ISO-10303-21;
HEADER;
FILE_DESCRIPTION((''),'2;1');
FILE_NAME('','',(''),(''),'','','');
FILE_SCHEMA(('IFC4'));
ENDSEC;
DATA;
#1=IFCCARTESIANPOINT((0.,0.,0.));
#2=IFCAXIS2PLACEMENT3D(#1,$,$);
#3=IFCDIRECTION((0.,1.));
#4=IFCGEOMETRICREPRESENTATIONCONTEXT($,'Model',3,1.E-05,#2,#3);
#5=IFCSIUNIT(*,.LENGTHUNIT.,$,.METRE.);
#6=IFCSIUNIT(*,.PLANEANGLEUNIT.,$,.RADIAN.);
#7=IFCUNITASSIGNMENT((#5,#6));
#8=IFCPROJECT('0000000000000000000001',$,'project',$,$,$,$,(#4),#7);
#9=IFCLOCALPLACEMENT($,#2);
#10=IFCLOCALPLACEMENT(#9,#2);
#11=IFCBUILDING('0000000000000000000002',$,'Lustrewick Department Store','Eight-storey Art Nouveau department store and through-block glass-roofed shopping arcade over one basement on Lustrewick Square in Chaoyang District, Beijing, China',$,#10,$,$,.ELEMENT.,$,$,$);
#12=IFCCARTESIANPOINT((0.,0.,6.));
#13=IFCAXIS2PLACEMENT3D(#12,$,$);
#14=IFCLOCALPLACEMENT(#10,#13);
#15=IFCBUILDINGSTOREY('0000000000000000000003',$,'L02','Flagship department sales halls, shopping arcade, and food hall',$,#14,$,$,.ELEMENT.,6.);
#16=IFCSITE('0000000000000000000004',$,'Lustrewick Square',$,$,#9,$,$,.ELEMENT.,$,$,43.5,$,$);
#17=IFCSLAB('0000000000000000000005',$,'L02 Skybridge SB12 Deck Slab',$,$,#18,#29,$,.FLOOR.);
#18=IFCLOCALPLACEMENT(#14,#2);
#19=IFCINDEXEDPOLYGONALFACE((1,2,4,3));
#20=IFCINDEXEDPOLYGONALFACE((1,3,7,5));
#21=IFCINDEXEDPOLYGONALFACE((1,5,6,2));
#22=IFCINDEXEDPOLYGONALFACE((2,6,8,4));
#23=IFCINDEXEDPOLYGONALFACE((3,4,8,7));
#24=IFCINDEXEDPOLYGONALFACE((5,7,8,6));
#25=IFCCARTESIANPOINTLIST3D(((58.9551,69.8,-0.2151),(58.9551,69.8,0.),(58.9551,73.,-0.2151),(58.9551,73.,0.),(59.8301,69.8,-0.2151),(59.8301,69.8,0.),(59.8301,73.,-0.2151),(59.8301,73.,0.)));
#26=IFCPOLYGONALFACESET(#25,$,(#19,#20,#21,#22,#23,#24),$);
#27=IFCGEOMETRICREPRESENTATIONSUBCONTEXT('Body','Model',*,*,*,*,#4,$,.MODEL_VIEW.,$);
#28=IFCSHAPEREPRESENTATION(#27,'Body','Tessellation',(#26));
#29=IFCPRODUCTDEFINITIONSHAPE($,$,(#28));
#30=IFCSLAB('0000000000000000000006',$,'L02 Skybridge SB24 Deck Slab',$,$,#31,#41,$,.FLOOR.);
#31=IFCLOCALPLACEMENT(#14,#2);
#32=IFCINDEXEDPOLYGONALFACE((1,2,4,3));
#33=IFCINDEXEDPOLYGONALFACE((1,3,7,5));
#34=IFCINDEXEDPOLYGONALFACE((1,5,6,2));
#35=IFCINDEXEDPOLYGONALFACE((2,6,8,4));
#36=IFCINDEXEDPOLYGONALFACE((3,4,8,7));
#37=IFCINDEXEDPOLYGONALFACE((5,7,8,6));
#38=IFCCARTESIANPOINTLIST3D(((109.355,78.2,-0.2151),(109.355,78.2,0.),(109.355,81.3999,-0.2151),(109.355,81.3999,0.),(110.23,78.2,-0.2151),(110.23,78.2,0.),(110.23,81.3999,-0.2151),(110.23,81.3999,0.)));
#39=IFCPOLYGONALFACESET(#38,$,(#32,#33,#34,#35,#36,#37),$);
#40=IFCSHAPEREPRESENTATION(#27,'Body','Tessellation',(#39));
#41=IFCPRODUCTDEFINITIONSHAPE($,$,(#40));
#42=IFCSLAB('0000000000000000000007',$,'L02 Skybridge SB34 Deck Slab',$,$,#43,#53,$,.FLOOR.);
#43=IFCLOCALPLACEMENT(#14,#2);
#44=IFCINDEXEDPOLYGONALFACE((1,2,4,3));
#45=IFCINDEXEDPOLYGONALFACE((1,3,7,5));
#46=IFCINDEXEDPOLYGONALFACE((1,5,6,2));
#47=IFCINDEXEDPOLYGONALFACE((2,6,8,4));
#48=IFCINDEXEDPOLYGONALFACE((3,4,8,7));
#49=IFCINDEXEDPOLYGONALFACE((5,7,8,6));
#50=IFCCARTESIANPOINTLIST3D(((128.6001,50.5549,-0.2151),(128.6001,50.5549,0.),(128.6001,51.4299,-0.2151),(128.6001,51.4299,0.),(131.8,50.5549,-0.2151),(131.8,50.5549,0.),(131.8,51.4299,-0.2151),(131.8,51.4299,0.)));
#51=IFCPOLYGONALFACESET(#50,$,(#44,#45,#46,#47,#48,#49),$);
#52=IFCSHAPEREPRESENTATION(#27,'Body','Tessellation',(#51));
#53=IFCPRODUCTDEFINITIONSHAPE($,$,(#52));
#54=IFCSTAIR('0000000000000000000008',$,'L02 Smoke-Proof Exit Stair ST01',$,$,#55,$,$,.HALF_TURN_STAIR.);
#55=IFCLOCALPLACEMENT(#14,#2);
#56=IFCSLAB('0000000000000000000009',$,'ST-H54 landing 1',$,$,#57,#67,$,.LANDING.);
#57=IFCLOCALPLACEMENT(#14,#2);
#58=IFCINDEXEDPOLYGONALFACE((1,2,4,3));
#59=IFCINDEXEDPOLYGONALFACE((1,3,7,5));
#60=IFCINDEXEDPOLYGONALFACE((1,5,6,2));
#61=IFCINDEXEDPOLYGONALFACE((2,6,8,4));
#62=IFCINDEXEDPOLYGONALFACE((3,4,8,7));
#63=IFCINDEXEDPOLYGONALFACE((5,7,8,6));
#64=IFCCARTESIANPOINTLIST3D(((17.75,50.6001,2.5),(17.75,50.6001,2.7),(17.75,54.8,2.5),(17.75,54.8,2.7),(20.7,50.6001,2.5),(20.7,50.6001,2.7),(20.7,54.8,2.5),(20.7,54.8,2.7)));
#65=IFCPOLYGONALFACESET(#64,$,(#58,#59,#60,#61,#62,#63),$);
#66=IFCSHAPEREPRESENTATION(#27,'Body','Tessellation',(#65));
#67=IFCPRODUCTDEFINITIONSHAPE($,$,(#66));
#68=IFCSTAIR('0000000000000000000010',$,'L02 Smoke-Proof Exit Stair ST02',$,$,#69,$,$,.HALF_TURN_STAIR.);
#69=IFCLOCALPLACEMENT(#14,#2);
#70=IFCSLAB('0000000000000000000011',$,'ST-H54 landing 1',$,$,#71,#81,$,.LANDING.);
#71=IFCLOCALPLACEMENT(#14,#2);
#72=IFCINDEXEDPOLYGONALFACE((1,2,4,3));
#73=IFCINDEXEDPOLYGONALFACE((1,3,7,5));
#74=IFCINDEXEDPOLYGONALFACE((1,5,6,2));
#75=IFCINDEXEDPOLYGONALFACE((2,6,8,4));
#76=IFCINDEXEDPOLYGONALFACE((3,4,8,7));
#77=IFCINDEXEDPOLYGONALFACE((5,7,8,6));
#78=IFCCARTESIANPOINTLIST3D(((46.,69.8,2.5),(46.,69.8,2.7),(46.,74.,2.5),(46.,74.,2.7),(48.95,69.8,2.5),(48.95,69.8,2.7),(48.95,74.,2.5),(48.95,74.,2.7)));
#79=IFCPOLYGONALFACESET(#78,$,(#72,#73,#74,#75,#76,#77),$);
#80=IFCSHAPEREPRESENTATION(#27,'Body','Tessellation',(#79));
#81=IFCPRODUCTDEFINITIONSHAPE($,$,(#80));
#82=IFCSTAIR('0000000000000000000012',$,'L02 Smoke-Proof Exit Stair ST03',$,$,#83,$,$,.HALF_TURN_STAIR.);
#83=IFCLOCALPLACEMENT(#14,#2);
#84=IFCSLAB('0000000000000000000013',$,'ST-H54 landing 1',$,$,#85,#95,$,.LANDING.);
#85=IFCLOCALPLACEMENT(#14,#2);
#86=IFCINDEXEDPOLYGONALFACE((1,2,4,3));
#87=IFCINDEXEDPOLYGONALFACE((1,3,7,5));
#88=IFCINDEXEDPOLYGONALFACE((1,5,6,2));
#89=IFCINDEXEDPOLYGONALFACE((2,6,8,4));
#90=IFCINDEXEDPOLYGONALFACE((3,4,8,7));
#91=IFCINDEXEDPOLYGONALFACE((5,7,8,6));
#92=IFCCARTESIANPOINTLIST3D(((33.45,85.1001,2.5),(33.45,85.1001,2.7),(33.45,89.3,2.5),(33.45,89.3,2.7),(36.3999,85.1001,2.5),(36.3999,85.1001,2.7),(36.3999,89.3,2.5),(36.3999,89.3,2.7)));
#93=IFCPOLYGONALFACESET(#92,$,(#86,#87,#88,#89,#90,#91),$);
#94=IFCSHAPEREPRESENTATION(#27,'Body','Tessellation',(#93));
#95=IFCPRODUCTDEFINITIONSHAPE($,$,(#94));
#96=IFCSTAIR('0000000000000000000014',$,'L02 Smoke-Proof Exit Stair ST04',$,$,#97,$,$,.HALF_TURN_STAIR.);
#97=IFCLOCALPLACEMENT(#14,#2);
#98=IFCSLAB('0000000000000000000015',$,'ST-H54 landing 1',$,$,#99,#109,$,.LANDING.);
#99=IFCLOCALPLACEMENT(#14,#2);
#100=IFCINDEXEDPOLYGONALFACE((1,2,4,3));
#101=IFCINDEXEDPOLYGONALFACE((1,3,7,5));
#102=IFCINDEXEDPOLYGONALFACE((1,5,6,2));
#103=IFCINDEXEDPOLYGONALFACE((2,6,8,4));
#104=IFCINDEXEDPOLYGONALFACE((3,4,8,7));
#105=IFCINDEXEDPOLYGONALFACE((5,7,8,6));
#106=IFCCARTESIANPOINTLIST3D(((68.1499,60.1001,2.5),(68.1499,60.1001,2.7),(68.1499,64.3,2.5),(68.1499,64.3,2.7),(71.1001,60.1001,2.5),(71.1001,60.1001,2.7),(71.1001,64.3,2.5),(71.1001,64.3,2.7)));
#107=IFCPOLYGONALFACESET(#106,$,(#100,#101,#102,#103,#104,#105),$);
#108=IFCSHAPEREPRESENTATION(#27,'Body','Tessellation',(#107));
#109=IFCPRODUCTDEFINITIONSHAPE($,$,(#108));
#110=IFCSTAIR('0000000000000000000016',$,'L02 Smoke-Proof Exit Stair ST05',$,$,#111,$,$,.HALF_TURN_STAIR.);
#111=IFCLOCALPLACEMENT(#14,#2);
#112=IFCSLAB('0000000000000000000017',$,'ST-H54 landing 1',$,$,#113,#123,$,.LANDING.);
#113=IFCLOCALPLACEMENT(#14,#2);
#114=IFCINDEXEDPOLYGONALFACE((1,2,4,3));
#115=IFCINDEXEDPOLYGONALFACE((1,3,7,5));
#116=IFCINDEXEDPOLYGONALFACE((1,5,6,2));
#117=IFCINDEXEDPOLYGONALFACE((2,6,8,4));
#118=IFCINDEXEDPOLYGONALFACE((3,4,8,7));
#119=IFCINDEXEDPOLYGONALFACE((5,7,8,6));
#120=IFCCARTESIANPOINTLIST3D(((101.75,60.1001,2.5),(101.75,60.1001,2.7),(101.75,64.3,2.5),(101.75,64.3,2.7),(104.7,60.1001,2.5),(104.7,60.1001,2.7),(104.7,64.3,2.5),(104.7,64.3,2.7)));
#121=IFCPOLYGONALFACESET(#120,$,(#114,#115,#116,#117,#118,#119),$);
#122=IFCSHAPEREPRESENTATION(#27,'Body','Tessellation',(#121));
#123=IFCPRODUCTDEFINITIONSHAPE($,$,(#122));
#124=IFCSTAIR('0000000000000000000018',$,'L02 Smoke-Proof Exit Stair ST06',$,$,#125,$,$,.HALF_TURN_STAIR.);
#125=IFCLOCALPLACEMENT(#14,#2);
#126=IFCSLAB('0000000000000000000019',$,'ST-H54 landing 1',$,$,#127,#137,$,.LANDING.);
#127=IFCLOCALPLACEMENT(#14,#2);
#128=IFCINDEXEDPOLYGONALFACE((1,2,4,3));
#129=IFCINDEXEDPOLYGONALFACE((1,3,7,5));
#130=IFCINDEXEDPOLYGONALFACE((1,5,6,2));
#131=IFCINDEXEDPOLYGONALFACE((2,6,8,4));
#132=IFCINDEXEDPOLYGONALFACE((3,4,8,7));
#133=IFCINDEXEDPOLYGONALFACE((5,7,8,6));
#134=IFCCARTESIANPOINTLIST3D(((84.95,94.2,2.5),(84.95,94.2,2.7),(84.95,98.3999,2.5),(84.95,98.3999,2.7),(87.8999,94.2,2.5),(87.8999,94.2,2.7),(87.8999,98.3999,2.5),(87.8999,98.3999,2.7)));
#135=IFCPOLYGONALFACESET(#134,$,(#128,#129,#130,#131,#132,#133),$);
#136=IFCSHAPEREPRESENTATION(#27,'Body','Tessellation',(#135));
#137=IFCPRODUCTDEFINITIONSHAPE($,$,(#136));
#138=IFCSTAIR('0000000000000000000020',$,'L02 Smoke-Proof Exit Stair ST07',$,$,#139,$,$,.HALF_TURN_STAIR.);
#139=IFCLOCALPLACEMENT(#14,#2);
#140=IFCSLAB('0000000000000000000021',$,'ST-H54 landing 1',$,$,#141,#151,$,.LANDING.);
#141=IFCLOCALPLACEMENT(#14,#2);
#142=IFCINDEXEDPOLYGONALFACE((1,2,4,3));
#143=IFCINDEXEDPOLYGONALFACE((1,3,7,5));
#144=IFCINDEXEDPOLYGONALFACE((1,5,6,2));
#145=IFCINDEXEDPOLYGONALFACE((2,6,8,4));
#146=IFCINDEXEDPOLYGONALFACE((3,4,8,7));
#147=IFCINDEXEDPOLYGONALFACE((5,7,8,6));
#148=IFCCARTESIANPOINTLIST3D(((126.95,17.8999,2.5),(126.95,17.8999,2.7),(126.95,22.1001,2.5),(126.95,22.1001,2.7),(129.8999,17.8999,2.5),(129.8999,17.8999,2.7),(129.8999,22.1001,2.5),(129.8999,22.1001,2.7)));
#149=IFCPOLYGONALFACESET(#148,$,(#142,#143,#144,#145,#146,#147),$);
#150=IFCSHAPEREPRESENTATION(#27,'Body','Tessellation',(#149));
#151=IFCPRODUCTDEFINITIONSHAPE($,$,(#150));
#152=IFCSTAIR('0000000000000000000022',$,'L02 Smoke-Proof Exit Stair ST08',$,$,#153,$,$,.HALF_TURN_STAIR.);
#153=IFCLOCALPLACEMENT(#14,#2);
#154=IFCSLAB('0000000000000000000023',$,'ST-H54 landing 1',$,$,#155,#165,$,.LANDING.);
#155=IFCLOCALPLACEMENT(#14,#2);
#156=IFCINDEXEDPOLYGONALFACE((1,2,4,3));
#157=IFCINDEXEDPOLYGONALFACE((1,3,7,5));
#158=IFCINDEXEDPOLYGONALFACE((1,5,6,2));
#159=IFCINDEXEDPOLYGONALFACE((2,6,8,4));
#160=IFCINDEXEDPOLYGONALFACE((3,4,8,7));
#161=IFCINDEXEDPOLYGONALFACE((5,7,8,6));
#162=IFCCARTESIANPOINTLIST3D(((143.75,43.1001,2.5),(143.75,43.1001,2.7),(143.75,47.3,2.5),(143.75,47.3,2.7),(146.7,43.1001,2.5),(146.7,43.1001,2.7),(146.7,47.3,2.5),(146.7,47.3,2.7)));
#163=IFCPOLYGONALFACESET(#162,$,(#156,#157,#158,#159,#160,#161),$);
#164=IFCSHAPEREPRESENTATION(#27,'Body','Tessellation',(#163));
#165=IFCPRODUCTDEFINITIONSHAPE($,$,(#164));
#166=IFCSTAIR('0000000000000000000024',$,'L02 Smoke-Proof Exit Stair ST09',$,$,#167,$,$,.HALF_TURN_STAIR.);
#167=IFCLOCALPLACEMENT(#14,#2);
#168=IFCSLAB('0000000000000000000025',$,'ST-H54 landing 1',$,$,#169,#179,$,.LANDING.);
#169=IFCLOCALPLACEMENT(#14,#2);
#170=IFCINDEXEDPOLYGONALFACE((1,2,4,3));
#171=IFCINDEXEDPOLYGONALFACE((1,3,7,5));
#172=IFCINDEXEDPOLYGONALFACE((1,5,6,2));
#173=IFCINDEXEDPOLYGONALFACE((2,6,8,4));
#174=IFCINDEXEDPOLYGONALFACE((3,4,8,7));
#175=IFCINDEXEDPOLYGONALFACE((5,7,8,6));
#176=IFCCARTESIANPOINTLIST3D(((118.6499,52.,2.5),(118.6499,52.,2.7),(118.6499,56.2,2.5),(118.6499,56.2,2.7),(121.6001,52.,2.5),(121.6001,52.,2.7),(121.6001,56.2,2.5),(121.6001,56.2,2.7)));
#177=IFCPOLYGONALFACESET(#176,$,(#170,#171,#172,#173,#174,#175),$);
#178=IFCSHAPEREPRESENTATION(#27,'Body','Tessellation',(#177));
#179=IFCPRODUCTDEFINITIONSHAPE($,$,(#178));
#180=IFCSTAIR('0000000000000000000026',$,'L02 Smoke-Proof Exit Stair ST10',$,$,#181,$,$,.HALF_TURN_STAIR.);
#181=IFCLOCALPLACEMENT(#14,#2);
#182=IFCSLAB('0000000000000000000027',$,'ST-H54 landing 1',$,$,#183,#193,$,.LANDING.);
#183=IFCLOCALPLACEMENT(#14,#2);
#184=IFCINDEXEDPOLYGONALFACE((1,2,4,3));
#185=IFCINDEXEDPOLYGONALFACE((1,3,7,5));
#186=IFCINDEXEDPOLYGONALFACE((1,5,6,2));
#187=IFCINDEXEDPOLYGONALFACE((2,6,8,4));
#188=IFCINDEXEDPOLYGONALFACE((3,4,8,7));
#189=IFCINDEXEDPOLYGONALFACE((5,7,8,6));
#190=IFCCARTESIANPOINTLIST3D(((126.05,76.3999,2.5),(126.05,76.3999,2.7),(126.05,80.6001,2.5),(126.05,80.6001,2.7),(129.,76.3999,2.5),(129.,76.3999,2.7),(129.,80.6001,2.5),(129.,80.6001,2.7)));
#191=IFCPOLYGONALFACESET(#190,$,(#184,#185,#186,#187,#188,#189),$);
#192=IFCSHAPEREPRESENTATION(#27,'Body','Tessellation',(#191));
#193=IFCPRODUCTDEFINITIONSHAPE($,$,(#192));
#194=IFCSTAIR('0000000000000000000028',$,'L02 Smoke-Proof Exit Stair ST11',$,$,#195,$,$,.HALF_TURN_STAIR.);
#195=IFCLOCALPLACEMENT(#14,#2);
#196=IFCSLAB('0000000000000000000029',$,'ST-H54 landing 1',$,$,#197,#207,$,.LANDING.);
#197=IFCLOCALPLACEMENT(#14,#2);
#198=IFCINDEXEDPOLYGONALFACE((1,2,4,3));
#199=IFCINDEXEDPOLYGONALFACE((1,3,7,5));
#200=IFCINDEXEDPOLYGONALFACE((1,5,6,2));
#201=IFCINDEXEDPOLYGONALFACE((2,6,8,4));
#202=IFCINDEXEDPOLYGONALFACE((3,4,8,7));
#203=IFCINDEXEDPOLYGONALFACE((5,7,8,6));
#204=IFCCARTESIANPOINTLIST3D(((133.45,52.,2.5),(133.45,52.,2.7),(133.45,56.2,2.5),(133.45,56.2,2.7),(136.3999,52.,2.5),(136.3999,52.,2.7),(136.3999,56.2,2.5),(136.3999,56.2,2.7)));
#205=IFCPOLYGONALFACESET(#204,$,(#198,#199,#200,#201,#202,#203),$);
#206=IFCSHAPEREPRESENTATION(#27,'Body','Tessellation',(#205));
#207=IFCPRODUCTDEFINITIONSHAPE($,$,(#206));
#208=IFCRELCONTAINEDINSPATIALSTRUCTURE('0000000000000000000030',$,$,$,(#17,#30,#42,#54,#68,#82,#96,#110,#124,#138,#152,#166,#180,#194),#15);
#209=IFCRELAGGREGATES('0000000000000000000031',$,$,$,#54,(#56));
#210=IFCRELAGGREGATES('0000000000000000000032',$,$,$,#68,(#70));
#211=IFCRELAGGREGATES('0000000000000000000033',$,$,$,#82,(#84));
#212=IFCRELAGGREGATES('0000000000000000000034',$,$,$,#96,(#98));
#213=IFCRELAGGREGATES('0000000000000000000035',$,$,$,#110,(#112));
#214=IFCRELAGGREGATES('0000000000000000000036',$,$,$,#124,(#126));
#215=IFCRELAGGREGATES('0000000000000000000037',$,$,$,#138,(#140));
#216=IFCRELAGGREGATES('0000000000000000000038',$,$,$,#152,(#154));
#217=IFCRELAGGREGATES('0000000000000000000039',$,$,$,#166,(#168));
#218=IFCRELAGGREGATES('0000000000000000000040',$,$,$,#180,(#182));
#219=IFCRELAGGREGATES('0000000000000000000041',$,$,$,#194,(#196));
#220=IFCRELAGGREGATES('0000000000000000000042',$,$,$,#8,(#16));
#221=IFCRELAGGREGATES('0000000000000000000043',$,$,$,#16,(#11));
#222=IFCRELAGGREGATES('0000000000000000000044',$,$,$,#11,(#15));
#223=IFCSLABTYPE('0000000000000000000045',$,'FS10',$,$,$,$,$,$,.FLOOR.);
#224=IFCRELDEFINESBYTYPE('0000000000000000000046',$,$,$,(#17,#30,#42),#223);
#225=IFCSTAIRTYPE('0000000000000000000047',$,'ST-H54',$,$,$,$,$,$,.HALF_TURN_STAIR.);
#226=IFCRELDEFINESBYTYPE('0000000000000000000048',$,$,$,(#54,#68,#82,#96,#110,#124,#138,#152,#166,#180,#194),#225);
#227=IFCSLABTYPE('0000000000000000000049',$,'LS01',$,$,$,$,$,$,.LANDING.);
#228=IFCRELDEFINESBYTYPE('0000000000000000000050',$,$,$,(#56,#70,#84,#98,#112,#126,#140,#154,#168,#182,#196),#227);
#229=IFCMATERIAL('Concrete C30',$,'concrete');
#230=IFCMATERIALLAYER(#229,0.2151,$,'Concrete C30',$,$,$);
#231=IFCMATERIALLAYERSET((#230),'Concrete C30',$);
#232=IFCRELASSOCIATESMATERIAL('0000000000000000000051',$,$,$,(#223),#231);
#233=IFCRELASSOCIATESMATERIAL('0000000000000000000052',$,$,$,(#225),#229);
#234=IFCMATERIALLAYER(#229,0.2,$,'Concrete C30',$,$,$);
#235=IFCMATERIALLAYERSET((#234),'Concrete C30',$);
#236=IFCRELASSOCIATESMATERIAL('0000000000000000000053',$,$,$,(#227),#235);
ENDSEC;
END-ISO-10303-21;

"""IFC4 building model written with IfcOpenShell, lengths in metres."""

from ifc_helpers import new_model, si_unit, direction, frame, origin, place, context, subcontext, project, spatial, polyline, outline, extrude, material, layer, layer_set, type_object, element, aggregate, save


model = new_model("IFC4")

# Units and contexts
model_context = context("Model", 3, precision=1e-05, world=origin(), true_north=direction((0.0, 1.0)))
body_context = subcontext(model_context, "Body", "Model", "MODEL_VIEW")
ifc_project = project(units=[si_unit("LENGTHUNIT", "METRE"), si_unit("PLANEANGLEUNIT", "RADIAN")], contexts=[model_context])

# Site, building, storey
site_placement = place(None, origin())
site = spatial("IfcSite", under=ifc_project, at=site_placement, Name="Lustrewick Square", CompositionType="ELEMENT", RefElevation=43.5)
building_placement = place(site_placement, origin())
building = spatial("IfcBuilding", under=site, at=building_placement, Name="Lustrewick Department Store", Description="Eight-storey Art Nouveau department store and through-block glass-roofed shopping arcade over one basement on Lustrewick Square in Chaoyang District, Beijing, China", CompositionType="ELEMENT")
storey_placement = place(building_placement, frame((0.0, 0.0, 6.0)))
storey = spatial("IfcBuildingStorey", under=building, at=storey_placement, Name="L02", Description="Flagship department sales halls, shopping arcade, and food hall", CompositionType="ELEMENT", Elevation=6.0)

# Slabs
ifc_material_1 = material(Name="Concrete C30", Category="concrete")
ifc_layer_1 = layer(ifc_material_1, 0.2151, Name="Concrete C30")
ifc_layer_set_1 = layer_set([ifc_layer_1], Name="Concrete C30")
slab_type_1 = type_object("IfcSlabType", Name="FS10", PredefinedType="FLOOR", material=ifc_layer_set_1)
slab_1_placement = place(storey_placement, frame((0.0, 0.0, -0.2151)))
element("IfcSlab", 1, at=slab_1_placement, inside=storey, type_object=slab_type_1, Name="L02 Skybridge SB12 Deck Slab", PredefinedType="FLOOR", context=body_context, shape_type="SweptSolid", body=[
    extrude(outline(polyline([(59.8301, 69.8), (59.8301, 73.0), (58.9551, 73.0), (58.9551, 69.8), (59.8301, 69.8)])), origin(), (0.0, 0.0, 1.0), 0.2151),
])
slab_2_placement = place(storey_placement, frame((0.0, 0.0, -0.2151)))
element("IfcSlab", 2, at=slab_2_placement, inside=storey, type_object=slab_type_1, Name="L02 Skybridge SB24 Deck Slab", PredefinedType="FLOOR", context=body_context, shape_type="SweptSolid", body=[
    extrude(outline(polyline([(110.23, 78.2), (110.23, 81.3999), (109.355, 81.3999), (109.355, 78.2), (110.23, 78.2)])), origin(), (0.0, 0.0, 1.0), 0.2151),
])
slab_3_placement = place(storey_placement, frame((0.0, 0.0, -0.2151)))
element("IfcSlab", 3, at=slab_3_placement, inside=storey, type_object=slab_type_1, Name="L02 Skybridge SB34 Deck Slab", PredefinedType="FLOOR", context=body_context, shape_type="SweptSolid", body=[
    extrude(outline(polyline([(131.8, 50.5549), (131.8, 51.4299), (128.6001, 51.4299), (128.6001, 50.5549), (131.8, 50.5549)])), origin(), (0.0, 0.0, 1.0), 0.2151),
])

# Stairs, slabs
stair_type = type_object("IfcStairType", Name="ST-H54", PredefinedType="HALF_TURN_STAIR", material=ifc_material_1)
stair_1_placement = place(storey_placement, origin())
stair_1 = element("IfcStair", 4, at=stair_1_placement, inside=storey, type_object=stair_type, Name="L02 Smoke-Proof Exit Stair ST01", PredefinedType="HALF_TURN_STAIR")
ifc_layer_2 = layer(ifc_material_1, 0.2, Name="Concrete C30")
ifc_layer_set_2 = layer_set([ifc_layer_2], Name="Concrete C30")
slab_type_2 = type_object("IfcSlabType", Name="LS01", PredefinedType="LANDING", material=ifc_layer_set_2)
slab_4_placement = place(storey_placement, frame((0.0, 0.0, 2.5)))
slab_4 = element("IfcSlab", 5, at=slab_4_placement, type_object=slab_type_2, Name="ST-H54 landing 1", PredefinedType="LANDING", context=body_context, shape_type="SweptSolid", body=[
    extrude(outline(polyline([(17.75, 50.6001), (20.7, 50.6001), (20.7, 54.8), (17.75, 54.8), (17.75, 50.6001)])), origin(), (0.0, 0.0, 1.0), 0.2),
])
aggregate(stair_1, [slab_4])
stair_2_placement = place(storey_placement, origin())
stair_2 = element("IfcStair", 6, at=stair_2_placement, inside=storey, type_object=stair_type, Name="L02 Smoke-Proof Exit Stair ST02", PredefinedType="HALF_TURN_STAIR")
slab_5_placement = place(storey_placement, frame((0.0, 0.0, 2.5)))
slab_5 = element("IfcSlab", 7, at=slab_5_placement, type_object=slab_type_2, Name="ST-H54 landing 1", PredefinedType="LANDING", context=body_context, shape_type="SweptSolid", body=[
    extrude(outline(polyline([(48.95, 74.0), (46.0, 74.0), (46.0, 69.8), (48.95, 69.8), (48.95, 74.0)])), origin(), (0.0, 0.0, 1.0), 0.2),
])
aggregate(stair_2, [slab_5])
stair_3_placement = place(storey_placement, origin())
stair_3 = element("IfcStair", 8, at=stair_3_placement, inside=storey, type_object=stair_type, Name="L02 Smoke-Proof Exit Stair ST03", PredefinedType="HALF_TURN_STAIR")
slab_6_placement = place(storey_placement, frame((0.0, 0.0, 2.5)))
slab_6 = element("IfcSlab", 9, at=slab_6_placement, type_object=slab_type_2, Name="ST-H54 landing 1", PredefinedType="LANDING", context=body_context, shape_type="SweptSolid", body=[
    extrude(outline(polyline([(33.45, 85.1001), (36.3999, 85.1001), (36.3999, 89.3), (33.45, 89.3), (33.45, 85.1001)])), origin(), (0.0, 0.0, 1.0), 0.2),
])
aggregate(stair_3, [slab_6])
stair_4_placement = place(storey_placement, origin())
stair_4 = element("IfcStair", 10, at=stair_4_placement, inside=storey, type_object=stair_type, Name="L02 Smoke-Proof Exit Stair ST04", PredefinedType="HALF_TURN_STAIR")
slab_7_placement = place(storey_placement, frame((0.0, 0.0, 2.5)))
slab_7 = element("IfcSlab", 11, at=slab_7_placement, type_object=slab_type_2, Name="ST-H54 landing 1", PredefinedType="LANDING", context=body_context, shape_type="SweptSolid", body=[
    extrude(outline(polyline([(68.1499, 60.1001), (71.1001, 60.1001), (71.1001, 64.3), (68.1499, 64.3), (68.1499, 60.1001)])), origin(), (0.0, 0.0, 1.0), 0.2),
])
aggregate(stair_4, [slab_7])
stair_5_placement = place(storey_placement, origin())
stair_5 = element("IfcStair", 12, at=stair_5_placement, inside=storey, type_object=stair_type, Name="L02 Smoke-Proof Exit Stair ST05", PredefinedType="HALF_TURN_STAIR")
slab_8_placement = place(storey_placement, frame((0.0, 0.0, 2.5)))
slab_8 = element("IfcSlab", 13, at=slab_8_placement, type_object=slab_type_2, Name="ST-H54 landing 1", PredefinedType="LANDING", context=body_context, shape_type="SweptSolid", body=[
    extrude(outline(polyline([(101.75, 60.1001), (104.7, 60.1001), (104.7, 64.3), (101.75, 64.3), (101.75, 60.1001)])), origin(), (0.0, 0.0, 1.0), 0.2),
])
aggregate(stair_5, [slab_8])
stair_6_placement = place(storey_placement, origin())
stair_6 = element("IfcStair", 14, at=stair_6_placement, inside=storey, type_object=stair_type, Name="L02 Smoke-Proof Exit Stair ST06", PredefinedType="HALF_TURN_STAIR")
slab_9_placement = place(storey_placement, frame((0.0, 0.0, 2.5)))
slab_9 = element("IfcSlab", 15, at=slab_9_placement, type_object=slab_type_2, Name="ST-H54 landing 1", PredefinedType="LANDING", context=body_context, shape_type="SweptSolid", body=[
    extrude(outline(polyline([(84.95, 94.2), (87.8999, 94.2), (87.8999, 98.3999), (84.95, 98.3999), (84.95, 94.2)])), origin(), (0.0, 0.0, 1.0), 0.2),
])
aggregate(stair_6, [slab_9])
stair_7_placement = place(storey_placement, origin())
stair_7 = element("IfcStair", 16, at=stair_7_placement, inside=storey, type_object=stair_type, Name="L02 Smoke-Proof Exit Stair ST07", PredefinedType="HALF_TURN_STAIR")
slab_10_placement = place(storey_placement, frame((0.0, 0.0, 2.5)))
slab_10 = element("IfcSlab", 17, at=slab_10_placement, type_object=slab_type_2, Name="ST-H54 landing 1", PredefinedType="LANDING", context=body_context, shape_type="SweptSolid", body=[
    extrude(outline(polyline([(126.95, 17.8999), (129.8999, 17.8999), (129.8999, 22.1001), (126.95, 22.1001), (126.95, 17.8999)])), origin(), (0.0, 0.0, 1.0), 0.2),
])
aggregate(stair_7, [slab_10])
stair_8_placement = place(storey_placement, origin())
stair_8 = element("IfcStair", 18, at=stair_8_placement, inside=storey, type_object=stair_type, Name="L02 Smoke-Proof Exit Stair ST08", PredefinedType="HALF_TURN_STAIR")
slab_11_placement = place(storey_placement, frame((0.0, 0.0, 2.5)))
slab_11 = element("IfcSlab", 19, at=slab_11_placement, type_object=slab_type_2, Name="ST-H54 landing 1", PredefinedType="LANDING", context=body_context, shape_type="SweptSolid", body=[
    extrude(outline(polyline([(143.75, 43.1001), (146.7, 43.1001), (146.7, 47.3), (143.75, 47.3), (143.75, 43.1001)])), origin(), (0.0, 0.0, 1.0), 0.2),
])
aggregate(stair_8, [slab_11])
stair_9_placement = place(storey_placement, origin())
stair_9 = element("IfcStair", 20, at=stair_9_placement, inside=storey, type_object=stair_type, Name="L02 Smoke-Proof Exit Stair ST09", PredefinedType="HALF_TURN_STAIR")
slab_12_placement = place(storey_placement, frame((0.0, 0.0, 2.5)))
slab_12 = element("IfcSlab", 21, at=slab_12_placement, type_object=slab_type_2, Name="ST-H54 landing 1", PredefinedType="LANDING", context=body_context, shape_type="SweptSolid", body=[
    extrude(outline(polyline([(118.6499, 52.0), (121.6001, 52.0), (121.6001, 56.2), (118.6499, 56.2), (118.6499, 52.0)])), origin(), (0.0, 0.0, 1.0), 0.2),
])
aggregate(stair_9, [slab_12])
stair_10_placement = place(storey_placement, origin())
stair_10 = element("IfcStair", 22, at=stair_10_placement, inside=storey, type_object=stair_type, Name="L02 Smoke-Proof Exit Stair ST10", PredefinedType="HALF_TURN_STAIR")
slab_13_placement = place(storey_placement, frame((0.0, 0.0, 2.5)))
slab_13 = element("IfcSlab", 23, at=slab_13_placement, type_object=slab_type_2, Name="ST-H54 landing 1", PredefinedType="LANDING", context=body_context, shape_type="SweptSolid", body=[
    extrude(outline(polyline([(126.05, 76.3999), (129.0, 76.3999), (129.0, 80.6001), (126.05, 80.6001), (126.05, 76.3999)])), origin(), (0.0, 0.0, 1.0), 0.2),
])
aggregate(stair_10, [slab_13])
stair_11_placement = place(storey_placement, origin())
stair_11 = element("IfcStair", 24, at=stair_11_placement, inside=storey, type_object=stair_type, Name="L02 Smoke-Proof Exit Stair ST11", PredefinedType="HALF_TURN_STAIR")
slab_14_placement = place(storey_placement, frame((0.0, 0.0, 2.5)))
slab_14 = element("IfcSlab", 25, at=slab_14_placement, type_object=slab_type_2, Name="ST-H54 landing 1", PredefinedType="LANDING", context=body_context, shape_type="SweptSolid", body=[
    extrude(outline(polyline([(133.45, 52.0), (136.3999, 52.0), (136.3999, 56.2), (133.45, 56.2), (133.45, 52.0)])), origin(), (0.0, 0.0, 1.0), 0.2),
])
aggregate(stair_11, [slab_14])

save(model, "model.ifc")
